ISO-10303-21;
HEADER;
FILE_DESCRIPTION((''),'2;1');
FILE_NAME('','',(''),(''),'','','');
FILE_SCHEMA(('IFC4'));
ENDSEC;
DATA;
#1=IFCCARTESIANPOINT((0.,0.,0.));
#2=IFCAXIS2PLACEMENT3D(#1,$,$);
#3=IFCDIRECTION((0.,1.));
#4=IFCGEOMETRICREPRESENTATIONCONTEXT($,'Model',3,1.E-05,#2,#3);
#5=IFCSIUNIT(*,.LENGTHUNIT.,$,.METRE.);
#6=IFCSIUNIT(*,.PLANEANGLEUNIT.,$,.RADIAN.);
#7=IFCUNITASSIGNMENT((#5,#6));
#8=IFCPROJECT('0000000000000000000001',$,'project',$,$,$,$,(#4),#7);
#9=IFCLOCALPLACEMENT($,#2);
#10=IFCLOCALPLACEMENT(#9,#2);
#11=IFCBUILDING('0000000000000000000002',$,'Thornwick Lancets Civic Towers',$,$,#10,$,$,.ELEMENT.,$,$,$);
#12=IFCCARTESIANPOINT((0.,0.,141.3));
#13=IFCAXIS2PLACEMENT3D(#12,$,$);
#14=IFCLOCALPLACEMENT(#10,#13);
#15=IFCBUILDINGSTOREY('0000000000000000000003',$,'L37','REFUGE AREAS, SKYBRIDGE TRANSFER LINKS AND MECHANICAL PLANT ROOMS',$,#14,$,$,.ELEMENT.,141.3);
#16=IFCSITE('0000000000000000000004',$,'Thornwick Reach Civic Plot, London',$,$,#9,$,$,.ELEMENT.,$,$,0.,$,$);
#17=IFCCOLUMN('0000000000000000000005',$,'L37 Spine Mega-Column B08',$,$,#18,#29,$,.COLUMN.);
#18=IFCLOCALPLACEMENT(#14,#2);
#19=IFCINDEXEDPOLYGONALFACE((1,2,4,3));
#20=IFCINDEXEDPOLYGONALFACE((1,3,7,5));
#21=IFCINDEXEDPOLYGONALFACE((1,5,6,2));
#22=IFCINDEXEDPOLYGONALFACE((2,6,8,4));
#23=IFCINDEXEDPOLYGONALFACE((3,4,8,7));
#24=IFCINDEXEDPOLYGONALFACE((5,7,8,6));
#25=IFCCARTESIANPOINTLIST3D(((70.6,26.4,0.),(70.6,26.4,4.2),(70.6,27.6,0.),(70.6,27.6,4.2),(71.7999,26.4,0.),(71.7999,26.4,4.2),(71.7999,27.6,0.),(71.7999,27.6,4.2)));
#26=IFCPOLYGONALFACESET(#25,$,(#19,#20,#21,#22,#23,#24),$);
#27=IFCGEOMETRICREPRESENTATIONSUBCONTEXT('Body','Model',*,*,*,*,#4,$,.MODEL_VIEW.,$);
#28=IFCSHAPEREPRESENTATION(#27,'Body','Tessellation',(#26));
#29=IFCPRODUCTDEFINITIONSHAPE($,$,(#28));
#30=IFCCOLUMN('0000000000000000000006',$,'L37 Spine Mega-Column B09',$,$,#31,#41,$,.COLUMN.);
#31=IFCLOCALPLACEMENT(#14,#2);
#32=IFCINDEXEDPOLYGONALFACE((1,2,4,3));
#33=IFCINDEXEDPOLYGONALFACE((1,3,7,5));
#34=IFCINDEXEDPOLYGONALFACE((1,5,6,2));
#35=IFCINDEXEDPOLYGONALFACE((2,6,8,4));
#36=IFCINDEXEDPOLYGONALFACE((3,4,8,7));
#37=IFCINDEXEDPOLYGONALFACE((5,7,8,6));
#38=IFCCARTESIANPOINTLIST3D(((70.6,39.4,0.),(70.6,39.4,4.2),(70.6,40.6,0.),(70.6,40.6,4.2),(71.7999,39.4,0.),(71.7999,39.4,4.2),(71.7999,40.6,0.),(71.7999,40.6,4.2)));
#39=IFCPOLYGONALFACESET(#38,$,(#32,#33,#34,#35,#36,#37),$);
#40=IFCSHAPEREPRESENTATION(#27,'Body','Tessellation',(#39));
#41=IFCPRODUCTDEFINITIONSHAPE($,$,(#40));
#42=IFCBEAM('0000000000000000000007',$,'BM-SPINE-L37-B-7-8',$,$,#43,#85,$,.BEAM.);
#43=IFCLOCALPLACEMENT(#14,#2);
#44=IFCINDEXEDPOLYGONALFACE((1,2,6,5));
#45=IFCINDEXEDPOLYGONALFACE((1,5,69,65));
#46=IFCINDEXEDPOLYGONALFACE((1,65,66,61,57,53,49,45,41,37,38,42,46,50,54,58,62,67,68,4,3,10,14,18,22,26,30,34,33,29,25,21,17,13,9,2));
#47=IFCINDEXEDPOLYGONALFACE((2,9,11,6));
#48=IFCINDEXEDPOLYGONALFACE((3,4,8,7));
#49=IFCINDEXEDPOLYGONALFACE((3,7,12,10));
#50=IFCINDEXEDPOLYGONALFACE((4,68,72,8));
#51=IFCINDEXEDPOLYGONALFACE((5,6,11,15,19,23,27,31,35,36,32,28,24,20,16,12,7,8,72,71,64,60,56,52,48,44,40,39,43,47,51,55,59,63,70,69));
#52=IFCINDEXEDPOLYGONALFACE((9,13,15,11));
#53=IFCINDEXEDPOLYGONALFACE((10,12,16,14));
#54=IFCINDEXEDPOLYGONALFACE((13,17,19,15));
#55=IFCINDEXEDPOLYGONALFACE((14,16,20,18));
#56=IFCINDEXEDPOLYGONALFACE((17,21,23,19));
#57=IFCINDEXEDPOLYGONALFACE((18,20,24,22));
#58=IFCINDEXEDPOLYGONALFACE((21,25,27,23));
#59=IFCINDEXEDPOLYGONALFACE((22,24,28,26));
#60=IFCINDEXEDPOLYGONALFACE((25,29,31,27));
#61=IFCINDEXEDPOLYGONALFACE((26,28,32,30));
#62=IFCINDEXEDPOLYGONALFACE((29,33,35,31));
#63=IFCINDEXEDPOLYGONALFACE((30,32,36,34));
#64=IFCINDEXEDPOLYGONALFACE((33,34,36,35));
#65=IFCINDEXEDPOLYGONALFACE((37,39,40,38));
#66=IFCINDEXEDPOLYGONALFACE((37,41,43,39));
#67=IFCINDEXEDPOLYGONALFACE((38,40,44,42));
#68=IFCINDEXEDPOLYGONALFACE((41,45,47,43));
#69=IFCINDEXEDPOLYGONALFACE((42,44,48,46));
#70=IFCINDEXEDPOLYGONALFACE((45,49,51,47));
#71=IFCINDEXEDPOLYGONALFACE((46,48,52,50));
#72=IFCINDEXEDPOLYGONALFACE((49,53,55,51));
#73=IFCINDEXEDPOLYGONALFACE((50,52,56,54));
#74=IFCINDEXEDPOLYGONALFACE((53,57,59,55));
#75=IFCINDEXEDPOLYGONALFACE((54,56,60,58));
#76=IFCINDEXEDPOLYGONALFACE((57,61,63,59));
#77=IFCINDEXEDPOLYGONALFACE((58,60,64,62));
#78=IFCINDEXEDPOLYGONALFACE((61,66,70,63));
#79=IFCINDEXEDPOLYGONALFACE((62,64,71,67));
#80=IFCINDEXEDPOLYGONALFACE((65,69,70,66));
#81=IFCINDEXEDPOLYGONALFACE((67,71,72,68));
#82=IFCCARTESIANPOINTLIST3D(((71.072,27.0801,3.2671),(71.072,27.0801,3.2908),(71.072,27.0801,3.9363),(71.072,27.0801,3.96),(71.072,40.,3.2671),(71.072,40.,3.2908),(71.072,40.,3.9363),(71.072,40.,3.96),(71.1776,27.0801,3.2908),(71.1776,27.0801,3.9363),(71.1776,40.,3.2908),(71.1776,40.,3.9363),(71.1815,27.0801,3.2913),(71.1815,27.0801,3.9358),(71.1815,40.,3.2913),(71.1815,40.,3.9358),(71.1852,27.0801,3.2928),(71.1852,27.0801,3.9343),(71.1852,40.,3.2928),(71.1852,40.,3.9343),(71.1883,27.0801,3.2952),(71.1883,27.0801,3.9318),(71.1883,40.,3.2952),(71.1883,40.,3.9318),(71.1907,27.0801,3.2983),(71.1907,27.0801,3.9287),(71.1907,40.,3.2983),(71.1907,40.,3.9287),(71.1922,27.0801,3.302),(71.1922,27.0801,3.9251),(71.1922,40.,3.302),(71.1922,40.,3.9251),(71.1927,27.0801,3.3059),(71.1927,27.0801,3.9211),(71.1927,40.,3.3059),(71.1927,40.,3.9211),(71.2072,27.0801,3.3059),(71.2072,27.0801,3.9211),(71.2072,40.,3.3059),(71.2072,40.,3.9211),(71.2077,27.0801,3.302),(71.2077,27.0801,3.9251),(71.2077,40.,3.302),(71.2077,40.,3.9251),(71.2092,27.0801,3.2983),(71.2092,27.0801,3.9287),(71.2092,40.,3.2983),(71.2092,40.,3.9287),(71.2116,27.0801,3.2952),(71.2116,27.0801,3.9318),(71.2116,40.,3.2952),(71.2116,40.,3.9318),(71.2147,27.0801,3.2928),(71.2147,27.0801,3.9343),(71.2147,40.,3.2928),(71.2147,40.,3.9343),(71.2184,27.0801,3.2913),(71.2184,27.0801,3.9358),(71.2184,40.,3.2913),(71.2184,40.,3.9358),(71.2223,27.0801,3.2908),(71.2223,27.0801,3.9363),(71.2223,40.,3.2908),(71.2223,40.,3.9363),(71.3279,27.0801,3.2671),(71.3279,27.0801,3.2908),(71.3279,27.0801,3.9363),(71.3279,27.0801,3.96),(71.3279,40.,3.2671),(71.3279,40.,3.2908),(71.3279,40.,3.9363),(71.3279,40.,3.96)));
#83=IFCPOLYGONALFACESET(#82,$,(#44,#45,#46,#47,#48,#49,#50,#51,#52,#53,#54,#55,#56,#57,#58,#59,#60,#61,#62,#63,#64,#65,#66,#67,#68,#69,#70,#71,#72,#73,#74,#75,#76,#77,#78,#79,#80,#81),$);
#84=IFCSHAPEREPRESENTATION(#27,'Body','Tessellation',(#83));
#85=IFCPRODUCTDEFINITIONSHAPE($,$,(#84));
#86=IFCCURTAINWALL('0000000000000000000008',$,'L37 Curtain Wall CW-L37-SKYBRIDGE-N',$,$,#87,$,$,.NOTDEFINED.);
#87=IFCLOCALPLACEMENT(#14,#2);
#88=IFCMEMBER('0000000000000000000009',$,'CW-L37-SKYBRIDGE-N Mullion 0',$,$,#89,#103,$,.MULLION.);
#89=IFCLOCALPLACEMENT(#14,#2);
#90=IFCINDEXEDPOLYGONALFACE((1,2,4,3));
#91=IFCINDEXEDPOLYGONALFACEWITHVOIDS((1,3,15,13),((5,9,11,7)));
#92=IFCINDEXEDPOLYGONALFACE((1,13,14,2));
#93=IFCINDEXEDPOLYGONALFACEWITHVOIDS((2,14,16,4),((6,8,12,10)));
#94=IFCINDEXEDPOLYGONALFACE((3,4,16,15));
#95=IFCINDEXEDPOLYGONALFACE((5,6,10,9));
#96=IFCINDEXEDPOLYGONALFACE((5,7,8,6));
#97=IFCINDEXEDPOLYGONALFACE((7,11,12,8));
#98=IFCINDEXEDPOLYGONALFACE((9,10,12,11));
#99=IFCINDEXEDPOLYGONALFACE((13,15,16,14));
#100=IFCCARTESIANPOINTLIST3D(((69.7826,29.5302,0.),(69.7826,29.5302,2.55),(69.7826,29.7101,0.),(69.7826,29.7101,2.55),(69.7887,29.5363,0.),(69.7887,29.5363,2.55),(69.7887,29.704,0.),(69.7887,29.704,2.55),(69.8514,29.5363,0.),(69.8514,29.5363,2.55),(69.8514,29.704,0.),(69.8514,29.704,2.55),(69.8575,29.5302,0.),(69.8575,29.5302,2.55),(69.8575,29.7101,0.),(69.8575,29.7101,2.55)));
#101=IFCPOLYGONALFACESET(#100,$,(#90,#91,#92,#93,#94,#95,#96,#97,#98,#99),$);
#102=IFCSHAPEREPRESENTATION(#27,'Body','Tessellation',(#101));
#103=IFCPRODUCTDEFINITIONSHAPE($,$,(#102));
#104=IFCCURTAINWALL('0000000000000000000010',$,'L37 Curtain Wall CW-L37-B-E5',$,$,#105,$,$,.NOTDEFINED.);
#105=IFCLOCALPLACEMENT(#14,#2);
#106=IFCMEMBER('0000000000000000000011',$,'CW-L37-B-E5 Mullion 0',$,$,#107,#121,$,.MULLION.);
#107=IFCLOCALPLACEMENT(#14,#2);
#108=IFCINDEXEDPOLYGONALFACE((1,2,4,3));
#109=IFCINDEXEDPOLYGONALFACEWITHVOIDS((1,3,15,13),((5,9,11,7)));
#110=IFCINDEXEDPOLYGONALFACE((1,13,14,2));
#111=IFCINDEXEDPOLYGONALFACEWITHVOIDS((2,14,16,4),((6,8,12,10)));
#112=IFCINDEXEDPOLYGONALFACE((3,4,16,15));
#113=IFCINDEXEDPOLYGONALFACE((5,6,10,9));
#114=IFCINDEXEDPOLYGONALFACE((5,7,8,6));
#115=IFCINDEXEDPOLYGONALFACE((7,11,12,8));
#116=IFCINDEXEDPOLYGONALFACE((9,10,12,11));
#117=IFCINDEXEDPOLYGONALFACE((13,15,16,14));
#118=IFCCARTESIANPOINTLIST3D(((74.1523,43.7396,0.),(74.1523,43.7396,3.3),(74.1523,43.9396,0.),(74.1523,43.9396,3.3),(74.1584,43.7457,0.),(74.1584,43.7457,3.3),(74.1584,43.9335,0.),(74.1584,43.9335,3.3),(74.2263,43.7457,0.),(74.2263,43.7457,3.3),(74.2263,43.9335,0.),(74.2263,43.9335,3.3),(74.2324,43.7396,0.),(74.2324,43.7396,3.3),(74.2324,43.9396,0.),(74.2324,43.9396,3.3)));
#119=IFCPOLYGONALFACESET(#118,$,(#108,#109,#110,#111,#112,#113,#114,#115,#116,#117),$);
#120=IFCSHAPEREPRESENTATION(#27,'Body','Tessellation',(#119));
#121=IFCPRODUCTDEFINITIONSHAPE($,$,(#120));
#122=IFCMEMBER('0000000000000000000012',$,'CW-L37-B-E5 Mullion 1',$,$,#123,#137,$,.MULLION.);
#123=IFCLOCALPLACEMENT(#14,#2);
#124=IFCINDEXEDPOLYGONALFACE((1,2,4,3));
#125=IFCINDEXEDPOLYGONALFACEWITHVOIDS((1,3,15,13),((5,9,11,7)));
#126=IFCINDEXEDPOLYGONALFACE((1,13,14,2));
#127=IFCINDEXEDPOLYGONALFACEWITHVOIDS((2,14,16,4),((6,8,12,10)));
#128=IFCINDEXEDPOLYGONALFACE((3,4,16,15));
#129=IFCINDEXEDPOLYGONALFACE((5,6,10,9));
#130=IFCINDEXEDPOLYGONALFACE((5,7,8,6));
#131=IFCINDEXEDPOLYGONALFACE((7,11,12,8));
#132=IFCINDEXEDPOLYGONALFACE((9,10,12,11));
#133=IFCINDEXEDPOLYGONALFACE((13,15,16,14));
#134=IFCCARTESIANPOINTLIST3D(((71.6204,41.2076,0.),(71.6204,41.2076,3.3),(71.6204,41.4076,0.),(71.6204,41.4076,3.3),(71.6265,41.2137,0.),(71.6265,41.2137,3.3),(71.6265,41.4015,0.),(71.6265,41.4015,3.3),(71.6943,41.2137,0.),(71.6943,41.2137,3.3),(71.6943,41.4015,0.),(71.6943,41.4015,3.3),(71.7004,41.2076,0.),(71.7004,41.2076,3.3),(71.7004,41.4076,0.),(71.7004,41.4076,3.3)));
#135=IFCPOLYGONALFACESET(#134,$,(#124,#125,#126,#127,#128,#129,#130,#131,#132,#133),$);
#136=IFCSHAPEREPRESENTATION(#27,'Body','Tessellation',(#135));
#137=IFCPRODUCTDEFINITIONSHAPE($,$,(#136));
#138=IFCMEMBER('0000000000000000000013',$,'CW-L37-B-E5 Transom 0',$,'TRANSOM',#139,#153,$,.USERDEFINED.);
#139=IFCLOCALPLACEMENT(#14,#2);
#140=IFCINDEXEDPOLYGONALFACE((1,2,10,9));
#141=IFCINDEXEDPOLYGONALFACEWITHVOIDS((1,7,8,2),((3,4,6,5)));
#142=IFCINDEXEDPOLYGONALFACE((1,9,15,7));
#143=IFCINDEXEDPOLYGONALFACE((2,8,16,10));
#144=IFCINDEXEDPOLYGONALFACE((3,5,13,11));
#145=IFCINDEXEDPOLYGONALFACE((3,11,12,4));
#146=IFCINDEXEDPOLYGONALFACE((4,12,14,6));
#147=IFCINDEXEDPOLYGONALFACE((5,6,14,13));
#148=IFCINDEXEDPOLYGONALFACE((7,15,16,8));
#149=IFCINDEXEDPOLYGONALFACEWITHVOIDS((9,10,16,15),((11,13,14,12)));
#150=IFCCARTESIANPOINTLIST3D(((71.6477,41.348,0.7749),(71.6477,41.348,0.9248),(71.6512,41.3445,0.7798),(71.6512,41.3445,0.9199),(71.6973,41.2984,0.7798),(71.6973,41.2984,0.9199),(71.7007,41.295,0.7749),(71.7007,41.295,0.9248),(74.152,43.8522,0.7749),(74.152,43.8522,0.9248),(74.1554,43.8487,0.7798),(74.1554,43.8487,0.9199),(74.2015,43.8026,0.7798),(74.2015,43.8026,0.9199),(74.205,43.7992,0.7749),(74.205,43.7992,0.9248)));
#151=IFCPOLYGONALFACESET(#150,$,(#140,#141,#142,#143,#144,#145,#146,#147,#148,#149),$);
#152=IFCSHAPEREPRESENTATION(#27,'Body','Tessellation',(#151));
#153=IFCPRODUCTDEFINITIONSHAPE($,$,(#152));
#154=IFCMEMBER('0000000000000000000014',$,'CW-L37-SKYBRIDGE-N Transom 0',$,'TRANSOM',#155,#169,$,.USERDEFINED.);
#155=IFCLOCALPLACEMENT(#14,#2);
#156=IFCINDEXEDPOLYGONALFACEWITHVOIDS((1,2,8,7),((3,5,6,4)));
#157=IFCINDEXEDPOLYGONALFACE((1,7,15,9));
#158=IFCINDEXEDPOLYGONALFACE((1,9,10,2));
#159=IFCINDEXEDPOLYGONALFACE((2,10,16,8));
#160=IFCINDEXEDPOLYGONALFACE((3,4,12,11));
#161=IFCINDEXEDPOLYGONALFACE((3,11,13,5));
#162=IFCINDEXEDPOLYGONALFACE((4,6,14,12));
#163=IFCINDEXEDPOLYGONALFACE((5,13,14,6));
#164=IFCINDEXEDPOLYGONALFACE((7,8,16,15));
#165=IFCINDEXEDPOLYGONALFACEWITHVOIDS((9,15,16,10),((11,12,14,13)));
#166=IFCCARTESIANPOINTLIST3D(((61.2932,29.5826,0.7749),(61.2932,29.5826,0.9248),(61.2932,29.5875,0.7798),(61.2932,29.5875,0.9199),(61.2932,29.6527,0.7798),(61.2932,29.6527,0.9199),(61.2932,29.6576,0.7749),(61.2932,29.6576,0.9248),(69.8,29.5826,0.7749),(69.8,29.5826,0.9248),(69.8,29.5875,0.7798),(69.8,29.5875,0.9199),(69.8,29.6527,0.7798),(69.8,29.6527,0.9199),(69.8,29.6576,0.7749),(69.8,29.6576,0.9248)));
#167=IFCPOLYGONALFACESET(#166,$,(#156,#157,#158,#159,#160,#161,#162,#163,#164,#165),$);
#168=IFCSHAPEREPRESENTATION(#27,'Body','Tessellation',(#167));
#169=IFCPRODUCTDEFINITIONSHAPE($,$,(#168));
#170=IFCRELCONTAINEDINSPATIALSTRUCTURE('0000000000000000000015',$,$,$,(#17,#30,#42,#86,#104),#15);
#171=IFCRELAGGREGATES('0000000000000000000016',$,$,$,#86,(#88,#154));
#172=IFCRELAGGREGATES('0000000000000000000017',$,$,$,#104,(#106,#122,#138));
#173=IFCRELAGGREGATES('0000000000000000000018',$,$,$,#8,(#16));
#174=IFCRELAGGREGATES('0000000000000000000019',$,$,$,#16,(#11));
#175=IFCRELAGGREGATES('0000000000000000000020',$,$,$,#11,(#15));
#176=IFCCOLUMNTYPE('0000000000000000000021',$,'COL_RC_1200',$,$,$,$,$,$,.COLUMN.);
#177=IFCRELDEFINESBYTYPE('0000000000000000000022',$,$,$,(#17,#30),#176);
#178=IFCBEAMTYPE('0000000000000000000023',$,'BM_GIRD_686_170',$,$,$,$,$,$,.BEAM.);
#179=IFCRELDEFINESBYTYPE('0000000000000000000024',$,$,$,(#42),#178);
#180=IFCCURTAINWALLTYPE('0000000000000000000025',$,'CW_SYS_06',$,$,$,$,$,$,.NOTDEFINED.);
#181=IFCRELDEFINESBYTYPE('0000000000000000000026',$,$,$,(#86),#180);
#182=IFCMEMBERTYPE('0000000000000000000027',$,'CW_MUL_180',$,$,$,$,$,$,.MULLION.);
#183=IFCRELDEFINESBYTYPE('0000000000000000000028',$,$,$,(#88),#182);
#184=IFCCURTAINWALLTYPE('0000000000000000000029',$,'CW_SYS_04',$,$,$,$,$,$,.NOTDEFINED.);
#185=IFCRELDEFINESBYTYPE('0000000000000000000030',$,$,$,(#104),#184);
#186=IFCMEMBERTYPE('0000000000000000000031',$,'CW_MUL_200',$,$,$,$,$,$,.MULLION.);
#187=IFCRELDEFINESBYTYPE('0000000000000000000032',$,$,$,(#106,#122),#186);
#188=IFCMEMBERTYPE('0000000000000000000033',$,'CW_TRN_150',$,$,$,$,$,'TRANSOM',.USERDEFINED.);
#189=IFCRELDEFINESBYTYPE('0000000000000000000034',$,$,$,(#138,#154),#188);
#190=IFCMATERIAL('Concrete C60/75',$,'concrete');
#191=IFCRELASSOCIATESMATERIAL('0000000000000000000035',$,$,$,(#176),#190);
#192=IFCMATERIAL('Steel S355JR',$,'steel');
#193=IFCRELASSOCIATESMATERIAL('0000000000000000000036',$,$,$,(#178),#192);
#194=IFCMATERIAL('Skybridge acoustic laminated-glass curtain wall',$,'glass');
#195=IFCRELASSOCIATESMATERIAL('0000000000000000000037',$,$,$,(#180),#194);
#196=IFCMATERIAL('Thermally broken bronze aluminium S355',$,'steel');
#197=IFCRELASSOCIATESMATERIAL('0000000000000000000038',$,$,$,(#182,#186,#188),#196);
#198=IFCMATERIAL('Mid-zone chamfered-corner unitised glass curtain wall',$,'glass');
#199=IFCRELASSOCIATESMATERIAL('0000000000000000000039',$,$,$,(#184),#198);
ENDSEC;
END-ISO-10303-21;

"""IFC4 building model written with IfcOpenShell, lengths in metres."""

from ifc_helpers import new_model, si_unit, direction, frame, origin, origin_2d, place, context, subcontext, project, spatial, rectangle, hollow_rectangle, i_section, extrude, material, material_profile, profile_set, type_object, element, aggregate, save


model = new_model("IFC4")

# Units and contexts
model_context = context("Model", 3, precision=1e-05, world=origin(), true_north=direction((0.0, 1.0)))
body_context = subcontext(model_context, "Body", "Model", "MODEL_VIEW")
ifc_project = project(units=[si_unit("LENGTHUNIT", "METRE"), si_unit("PLANEANGLEUNIT", "RADIAN")], contexts=[model_context])

# Site, building, storey
site_placement = place(None, origin())
site = spatial("IfcSite", under=ifc_project, at=site_placement, Name="Thornwick Reach Civic Plot, London", CompositionType="ELEMENT", RefElevation=0.0)
building_placement = place(site_placement, origin())
building = spatial("IfcBuilding", under=site, at=building_placement, Name="Thornwick Lancets Civic Towers", CompositionType="ELEMENT")
storey_placement = place(building_placement, frame((0.0, 0.0, 141.3)))
storey = spatial("IfcBuildingStorey", under=building, at=storey_placement, Name="L37", Description="REFUGE AREAS, SKYBRIDGE TRANSFER LINKS AND MECHANICAL PLANT ROOMS", CompositionType="ELEMENT", Elevation=141.3)

# Columns
ifc_material_1 = material(Name="Concrete C60/75", Category="concrete")
ifc_material_profile_1 = material_profile(ifc_material_1, rectangle(XDim=1.2, YDim=1.2, at=origin_2d()), Name="RC 1200x1200")
ifc_profile_set_1 = profile_set([ifc_material_profile_1], Name="Concrete C60/75")
column_type = type_object("IfcColumnType", Name="COL_RC_1200", PredefinedType="COLUMN", material=ifc_profile_set_1)
for number, where, z_axis, x_axis, name in (
    (1, (71.2, 27.0, 0.0), (0.0, 0.0, 1.0), (1.0, 0.0, 0.0), "L37 Spine Mega-Column B08"),
    (2, (71.2, 40.0, 0.0), (0.0, 0.0, 1.0), (1.0, 0.0, 0.0), "L37 Spine Mega-Column B09"),
):
    element("IfcColumn", number, at=place(storey_placement, frame(where, z_axis=z_axis, x_axis=x_axis)), inside=storey, type_object=column_type, Name=name, PredefinedType="COLUMN", context=body_context, shape_type="SweptSolid", body=[
        extrude(rectangle(XDim=1.2, YDim=1.2, at=origin_2d()), origin(), (0.0, 0.0, 1.0), 4.2),
    ])

# Beam
ifc_material_2 = material(Name="Steel S355JR", Category="steel")
ifc_material_profile_2 = material_profile(ifc_material_2, i_section(OverallWidth=0.2559, OverallDepth=0.6929, WebThickness=0.0144, FlangeThickness=0.0237, FilletRadius=0.0151, at=origin_2d()), Name="UKB 686x254x170")
ifc_profile_set_2 = profile_set([ifc_material_profile_2], Name="Steel S355JR")
beam_type = type_object("IfcBeamType", Name="BM_GIRD_686_170", PredefinedType="BEAM", material=ifc_profile_set_2)
beam_placement = place(storey_placement, frame((71.2, 27.0801, 3.6135), z_axis=(0.0, 1.0, 0.0), x_axis=(-1.0, 0.0, 0.0)))
element("IfcBeam", 3, at=beam_placement, inside=storey, type_object=beam_type, Name="BM-SPINE-L37-B-7-8", PredefinedType="BEAM", context=body_context, shape_type="SweptSolid", body=[
    extrude(i_section(OverallWidth=0.2559, OverallDepth=0.6929, WebThickness=0.0144, FlangeThickness=0.0237, FilletRadius=0.0151, at=origin_2d()), origin(), (0.0, 0.0, 1.0), 12.9199),
])

# Curtain wall, member
ifc_material_3 = material(Name="Skybridge acoustic laminated-glass curtain wall", Category="glass")
curtain_wall_type_1 = type_object("IfcCurtainWallType", Name="CW_SYS_06", PredefinedType="NOTDEFINED", material=ifc_material_3)
curtain_wall_1_placement = place(storey_placement, origin())
curtain_wall_1 = element("IfcCurtainWall", 4, at=curtain_wall_1_placement, inside=storey, type_object=curtain_wall_type_1, Name="L37 Curtain Wall CW-L37-SKYBRIDGE-N", PredefinedType="NOTDEFINED")
ifc_material_4 = material(Name="Thermally broken bronze aluminium S355", Category="steel")
ifc_material_profile_3 = material_profile(ifc_material_4, hollow_rectangle(XDim=0.075, YDim=0.1799, WallThickness=0.0061, at=origin_2d()), Name="RHS 180x75x6")
ifc_profile_set_3 = profile_set([ifc_material_profile_3], Name="Thermally broken bronze aluminium S355")
member_type_1 = type_object("IfcMemberType", Name="CW_MUL_180", PredefinedType="MULLION", material=ifc_profile_set_3)
member_1_placement = place(storey_placement, frame((69.8201, 29.6201, 0.0), z_axis=(0.0, 0.0, 1.0), x_axis=(1.0, 0.0, 0.0)))
member_1 = element("IfcMember", 5, at=member_1_placement, type_object=member_type_1, Name="CW-L37-SKYBRIDGE-N Mullion 0", PredefinedType="MULLION", context=body_context, shape_type="SweptSolid", body=[
    extrude(hollow_rectangle(XDim=0.075, YDim=0.1799, WallThickness=0.0061, at=origin_2d()), origin(), (0.0, 0.0, 1.0), 2.55),
])

# Curtain wall, members
ifc_material_5 = material(Name="Mid-zone chamfered-corner unitised glass curtain wall", Category="glass")
curtain_wall_type_2 = type_object("IfcCurtainWallType", Name="CW_SYS_04", PredefinedType="NOTDEFINED", material=ifc_material_5)
curtain_wall_2_placement = place(storey_placement, origin())
curtain_wall_2 = element("IfcCurtainWall", 6, at=curtain_wall_2_placement, inside=storey, type_object=curtain_wall_type_2, Name="L37 Curtain Wall CW-L37-B-E5", PredefinedType="NOTDEFINED")
ifc_material_profile_4 = material_profile(ifc_material_4, hollow_rectangle(XDim=0.0801, YDim=0.2, WallThickness=0.0061, at=origin_2d()), Name="RHS 200x80x6")
ifc_profile_set_4 = profile_set([ifc_material_profile_4], Name="Thermally broken bronze aluminium S355")
member_type_2 = type_object("IfcMemberType", Name="CW_MUL_200", PredefinedType="MULLION", material=ifc_profile_set_4)
member_2_placement = place(storey_placement, frame((74.1924, 43.8396, 0.0), z_axis=(0.0, 0.0, 1.0), x_axis=(1.0, 0.0, 0.0)))
member_2 = element("IfcMember", 7, at=member_2_placement, type_object=member_type_2, Name="CW-L37-B-E5 Mullion 0", PredefinedType="MULLION", context=body_context, shape_type="SweptSolid", body=[
    extrude(hollow_rectangle(XDim=0.0801, YDim=0.2, WallThickness=0.0061, at=origin_2d()), origin(), (0.0, 0.0, 1.0), 3.3),
])
member_3_placement = place(storey_placement, frame((71.6604, 41.3076, 0.0), z_axis=(0.0, 0.0, 1.0), x_axis=(1.0, 0.0, 0.0)))
member_3 = element("IfcMember", 8, at=member_3_placement, type_object=member_type_2, Name="CW-L37-B-E5 Mullion 1", PredefinedType="MULLION", context=body_context, shape_type="SweptSolid", body=[
    extrude(hollow_rectangle(XDim=0.0801, YDim=0.2, WallThickness=0.0061, at=origin_2d()), origin(), (0.0, 0.0, 1.0), 3.3),
])
ifc_material_profile_5 = material_profile(ifc_material_4, hollow_rectangle(XDim=0.075, YDim=0.1499, WallThickness=0.0049, at=origin_2d()), Name="RHS 150x75x5")
ifc_profile_set_5 = profile_set([ifc_material_profile_5], Name="Thermally broken bronze aluminium S355")
member_type_3 = type_object("IfcMemberType", Name="CW_TRN_150", ElementType="TRANSOM", PredefinedType="USERDEFINED", material=ifc_profile_set_5)
member_4_placement = place(storey_placement, frame((74.1785, 43.8257, 0.8499), z_axis=(-0.707107, -0.707107, 0.0), x_axis=(0.707107, -0.707107, 0.0)))
member_4 = element("IfcMember", 9, at=member_4_placement, type_object=member_type_3, Name="CW-L37-B-E5 Transom 0", ObjectType="TRANSOM", PredefinedType="USERDEFINED", context=body_context, shape_type="SweptSolid", body=[
    extrude(hollow_rectangle(XDim=0.075, YDim=0.1499, WallThickness=0.0049, at=origin_2d()), origin(), (0.0, 0.0, 1.0), 3.5415),
])

# Member
member_5_placement = place(storey_placement, frame((69.8, 29.6201, 0.8499), z_axis=(-1.0, 0.0, 0.0), x_axis=(0.0, -1.0, 0.0)))
member_5 = element("IfcMember", 10, at=member_5_placement, type_object=member_type_3, Name="CW-L37-SKYBRIDGE-N Transom 0", ObjectType="TRANSOM", PredefinedType="USERDEFINED", context=body_context, shape_type="SweptSolid", body=[
    extrude(hollow_rectangle(XDim=0.075, YDim=0.1499, WallThickness=0.0049, at=origin_2d()), origin(), (0.0, 0.0, 1.0), 8.5068),
])
aggregate(curtain_wall_1, [member_1, member_5])

aggregate(curtain_wall_2, [member_2, member_3, member_4])

save(model, "model.ifc")
